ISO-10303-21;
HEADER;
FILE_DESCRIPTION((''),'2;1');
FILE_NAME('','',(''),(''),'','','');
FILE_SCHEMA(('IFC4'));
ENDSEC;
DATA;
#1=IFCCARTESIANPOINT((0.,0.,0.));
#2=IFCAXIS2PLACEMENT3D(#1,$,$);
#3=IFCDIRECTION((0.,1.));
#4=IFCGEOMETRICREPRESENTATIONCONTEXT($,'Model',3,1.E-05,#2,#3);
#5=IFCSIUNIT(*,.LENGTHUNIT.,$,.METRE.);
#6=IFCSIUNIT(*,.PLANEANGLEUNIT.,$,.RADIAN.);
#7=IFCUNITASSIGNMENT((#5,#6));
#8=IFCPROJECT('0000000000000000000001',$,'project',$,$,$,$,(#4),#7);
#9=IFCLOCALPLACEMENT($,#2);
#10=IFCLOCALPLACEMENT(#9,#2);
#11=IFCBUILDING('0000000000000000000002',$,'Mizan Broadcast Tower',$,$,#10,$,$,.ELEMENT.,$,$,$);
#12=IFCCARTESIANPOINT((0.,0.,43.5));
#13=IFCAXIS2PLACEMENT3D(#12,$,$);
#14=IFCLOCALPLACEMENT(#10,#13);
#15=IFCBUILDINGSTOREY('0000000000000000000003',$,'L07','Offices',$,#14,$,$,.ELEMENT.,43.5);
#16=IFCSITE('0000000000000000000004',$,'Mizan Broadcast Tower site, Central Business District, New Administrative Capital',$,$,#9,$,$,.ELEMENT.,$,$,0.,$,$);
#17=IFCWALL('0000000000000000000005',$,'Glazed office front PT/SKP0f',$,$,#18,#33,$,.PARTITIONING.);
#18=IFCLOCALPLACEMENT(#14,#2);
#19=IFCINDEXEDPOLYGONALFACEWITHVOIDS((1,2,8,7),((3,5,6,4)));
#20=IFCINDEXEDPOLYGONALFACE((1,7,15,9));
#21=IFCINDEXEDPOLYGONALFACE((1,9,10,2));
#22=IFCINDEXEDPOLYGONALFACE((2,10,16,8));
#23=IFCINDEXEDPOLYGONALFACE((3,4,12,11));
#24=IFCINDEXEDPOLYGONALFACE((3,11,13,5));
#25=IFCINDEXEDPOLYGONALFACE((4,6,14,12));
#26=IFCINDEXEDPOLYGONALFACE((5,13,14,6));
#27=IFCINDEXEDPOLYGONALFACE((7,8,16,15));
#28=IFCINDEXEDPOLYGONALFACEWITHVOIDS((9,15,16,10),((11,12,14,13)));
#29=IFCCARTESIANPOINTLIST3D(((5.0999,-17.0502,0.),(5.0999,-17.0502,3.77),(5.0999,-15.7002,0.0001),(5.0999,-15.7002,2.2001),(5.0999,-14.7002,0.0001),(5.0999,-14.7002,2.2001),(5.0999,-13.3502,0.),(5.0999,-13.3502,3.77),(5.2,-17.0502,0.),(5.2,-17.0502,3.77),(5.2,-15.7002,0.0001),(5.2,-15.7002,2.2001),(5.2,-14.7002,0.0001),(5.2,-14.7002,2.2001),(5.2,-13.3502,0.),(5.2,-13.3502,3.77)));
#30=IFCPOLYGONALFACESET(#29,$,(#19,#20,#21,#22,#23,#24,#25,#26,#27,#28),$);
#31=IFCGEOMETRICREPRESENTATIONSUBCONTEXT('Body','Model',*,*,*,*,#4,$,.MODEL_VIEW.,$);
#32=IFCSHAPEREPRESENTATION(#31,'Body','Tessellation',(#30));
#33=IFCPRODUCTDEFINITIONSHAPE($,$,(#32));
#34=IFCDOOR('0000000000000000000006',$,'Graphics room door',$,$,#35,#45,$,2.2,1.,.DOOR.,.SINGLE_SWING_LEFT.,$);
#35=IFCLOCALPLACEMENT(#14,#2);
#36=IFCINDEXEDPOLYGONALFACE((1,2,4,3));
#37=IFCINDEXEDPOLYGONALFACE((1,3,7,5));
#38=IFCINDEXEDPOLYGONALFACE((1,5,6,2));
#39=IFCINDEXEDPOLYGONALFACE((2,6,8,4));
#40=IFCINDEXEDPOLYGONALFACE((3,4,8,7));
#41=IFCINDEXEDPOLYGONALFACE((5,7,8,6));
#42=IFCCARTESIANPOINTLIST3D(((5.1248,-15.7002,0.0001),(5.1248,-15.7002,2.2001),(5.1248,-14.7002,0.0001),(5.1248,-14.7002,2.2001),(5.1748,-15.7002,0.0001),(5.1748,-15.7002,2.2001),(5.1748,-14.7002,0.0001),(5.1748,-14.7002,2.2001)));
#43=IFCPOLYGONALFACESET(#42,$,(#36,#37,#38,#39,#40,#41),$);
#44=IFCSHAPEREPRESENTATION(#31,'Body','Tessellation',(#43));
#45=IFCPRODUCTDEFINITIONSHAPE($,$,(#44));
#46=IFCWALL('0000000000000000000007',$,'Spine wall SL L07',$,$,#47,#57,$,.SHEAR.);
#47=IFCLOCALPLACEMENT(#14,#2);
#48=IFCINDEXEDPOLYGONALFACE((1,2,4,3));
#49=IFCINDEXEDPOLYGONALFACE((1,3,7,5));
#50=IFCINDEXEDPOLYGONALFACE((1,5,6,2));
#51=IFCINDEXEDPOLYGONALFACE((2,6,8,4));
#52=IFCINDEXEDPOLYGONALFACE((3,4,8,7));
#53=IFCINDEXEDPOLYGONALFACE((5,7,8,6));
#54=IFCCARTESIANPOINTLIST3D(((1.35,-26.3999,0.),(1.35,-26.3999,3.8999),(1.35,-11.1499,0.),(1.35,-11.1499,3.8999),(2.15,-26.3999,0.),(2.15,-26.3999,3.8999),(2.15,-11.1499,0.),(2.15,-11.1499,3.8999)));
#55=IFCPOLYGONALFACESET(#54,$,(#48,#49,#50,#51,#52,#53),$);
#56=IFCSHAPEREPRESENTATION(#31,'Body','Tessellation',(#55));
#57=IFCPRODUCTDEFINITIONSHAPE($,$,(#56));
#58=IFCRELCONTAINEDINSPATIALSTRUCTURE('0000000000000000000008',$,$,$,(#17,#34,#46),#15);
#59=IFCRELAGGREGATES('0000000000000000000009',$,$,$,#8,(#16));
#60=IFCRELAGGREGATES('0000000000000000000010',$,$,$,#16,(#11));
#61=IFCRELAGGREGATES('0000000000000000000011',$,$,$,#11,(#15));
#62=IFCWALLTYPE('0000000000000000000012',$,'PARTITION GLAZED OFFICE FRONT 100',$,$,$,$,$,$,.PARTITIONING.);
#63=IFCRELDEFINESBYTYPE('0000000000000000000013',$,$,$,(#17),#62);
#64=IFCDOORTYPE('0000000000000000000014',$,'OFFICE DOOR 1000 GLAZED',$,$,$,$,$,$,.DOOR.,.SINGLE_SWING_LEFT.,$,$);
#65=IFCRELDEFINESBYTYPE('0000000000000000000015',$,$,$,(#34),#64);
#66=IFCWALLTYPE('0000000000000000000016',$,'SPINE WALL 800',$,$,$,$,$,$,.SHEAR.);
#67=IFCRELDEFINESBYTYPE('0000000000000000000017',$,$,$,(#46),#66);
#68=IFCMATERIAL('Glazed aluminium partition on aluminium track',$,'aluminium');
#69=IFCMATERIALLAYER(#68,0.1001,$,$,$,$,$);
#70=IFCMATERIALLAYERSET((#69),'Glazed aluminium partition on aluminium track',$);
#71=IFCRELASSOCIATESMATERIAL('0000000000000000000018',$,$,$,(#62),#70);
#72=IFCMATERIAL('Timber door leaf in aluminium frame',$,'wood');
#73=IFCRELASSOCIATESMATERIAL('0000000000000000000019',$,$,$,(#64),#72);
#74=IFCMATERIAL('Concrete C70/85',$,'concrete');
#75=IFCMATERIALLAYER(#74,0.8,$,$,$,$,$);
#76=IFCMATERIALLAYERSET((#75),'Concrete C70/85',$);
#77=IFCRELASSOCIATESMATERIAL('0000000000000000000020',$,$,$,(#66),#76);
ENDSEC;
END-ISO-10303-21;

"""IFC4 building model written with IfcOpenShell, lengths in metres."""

from ifc_helpers import new_model, si_unit, direction, frame, frame_2d, origin, place, context, subcontext, project, spatial, rectangle, extrude, material, layer, layer_set, type_object, element, fill, save


model = new_model("IFC4")

# Units and contexts
model_context = context("Model", 3, precision=1e-05, world=origin(), true_north=direction((0.0, 1.0)))
body_context = subcontext(model_context, "Body", "Model", "MODEL_VIEW")
ifc_project = project(units=[si_unit("LENGTHUNIT", "METRE"), si_unit("PLANEANGLEUNIT", "RADIAN")], contexts=[model_context])

# Site, building, storey
site_placement = place(None, origin())
site = spatial("IfcSite", under=ifc_project, at=site_placement, Name="Mizan Broadcast Tower site, Central Business District, New Administrative Capital", CompositionType="ELEMENT", RefElevation=0.0)
building_placement = place(site_placement, origin())
building = spatial("IfcBuilding", under=site, at=building_placement, Name="Mizan Broadcast Tower", CompositionType="ELEMENT")
storey_placement = place(building_placement, frame((0.0, 0.0, 43.5)))
storey = spatial("IfcBuildingStorey", under=building, at=storey_placement, Name="L07", Description="Offices", CompositionType="ELEMENT", Elevation=43.5)

# Shared definitions
ifc_material_1 = material(Name="Glazed aluminium partition on aluminium track", Category="aluminium")
ifc_layer_1 = layer(ifc_material_1, 0.1001)
ifc_layer_set_1 = layer_set([ifc_layer_1], Name="Glazed aluminium partition on aluminium track")
wall_type_1 = type_object("IfcWallType", Name="PARTITION GLAZED OFFICE FRONT 100", PredefinedType="PARTITIONING", material=ifc_layer_set_1)

# Wall, opening, door
wall_1_placement = place(storey_placement, frame((5.1499, -13.3501, 0.0), z_axis=(0.0, 0.0, 1.0), x_axis=(0.0, -1.0, 0.0)))
wall_1 = element("IfcWall", 1, at=wall_1_placement, inside=storey, type_object=wall_type_1, Name="Glazed office front PT/SKP0f", PredefinedType="PARTITIONING", context=body_context, shape_type="SweptSolid", body=[
    extrude(rectangle(XDim=3.7, YDim=0.1001, at=frame_2d((1.8501, 0.0))), origin(), (0.0, 0.0, 1.0), 3.77),
])
opening_1_placement = place(wall_1_placement, frame((1.3501, 0.0, 0.0)))
opening_1 = element("IfcOpeningElement", 2, at=opening_1_placement, cuts=wall_1, PredefinedType="OPENING", context=body_context, shape_type="SweptSolid", body=[
    extrude(rectangle(XDim=1.0, YDim=2.2, at=frame_2d((0.5, 1.1001))), frame((0.0, 0.0601, 0.0), z_axis=(0.0, -1.0, 0.0), x_axis=(1.0, 0.0, 0.0)), (0.0, 0.0, 1.0), 0.1201),
])
ifc_material_2 = material(Name="Timber door leaf in aluminium frame", Category="wood")
door_type_1 = type_object("IfcDoorType", Name="OFFICE DOOR 1000 GLAZED", OperationType="SINGLE_SWING_LEFT", PredefinedType="DOOR", material=ifc_material_2)
door_1_placement = place(opening_1_placement, origin())
door_1 = element("IfcDoor", 3, at=door_1_placement, inside=storey, type_object=door_type_1, Name="Graphics room door", OperationType="SINGLE_SWING_LEFT", OverallHeight=2.2, OverallWidth=1.0, PredefinedType="DOOR", context=body_context, shape_type="SweptSolid", body=[
    extrude(rectangle(XDim=1.0, YDim=2.2, at=frame_2d((0.5, 1.1001))), frame((0.0, 0.0249, 0.0), z_axis=(0.0, -1.0, 0.0), x_axis=(1.0, 0.0, 0.0)), (0.0, 0.0, 1.0), 0.05),
])
fill(opening_1, door_1)

# Wall
ifc_material_3 = material(Name="Concrete C70/85", Category="concrete")
ifc_layer_2 = layer(ifc_material_3, 0.8)
ifc_layer_set_2 = layer_set([ifc_layer_2], Name="Concrete C70/85")
wall_type_2 = type_object("IfcWallType", Name="SPINE WALL 800", PredefinedType="SHEAR", material=ifc_layer_set_2)
wall_2_placement = place(storey_placement, frame((1.75, -11.1499, 0.0), z_axis=(0.0, 0.0, 1.0), x_axis=(0.0, -1.0, 0.0)))
element("IfcWall", 4, at=wall_2_placement, inside=storey, type_object=wall_type_2, Name="Spine wall SL L07", PredefinedType="SHEAR", context=body_context, shape_type="SweptSolid", body=[
    extrude(rectangle(XDim=15.25, YDim=0.8, at=frame_2d((7.625, 0.0))), origin(), (0.0, 0.0, 1.0), 3.8999),
])

save(model, "model.ifc")
